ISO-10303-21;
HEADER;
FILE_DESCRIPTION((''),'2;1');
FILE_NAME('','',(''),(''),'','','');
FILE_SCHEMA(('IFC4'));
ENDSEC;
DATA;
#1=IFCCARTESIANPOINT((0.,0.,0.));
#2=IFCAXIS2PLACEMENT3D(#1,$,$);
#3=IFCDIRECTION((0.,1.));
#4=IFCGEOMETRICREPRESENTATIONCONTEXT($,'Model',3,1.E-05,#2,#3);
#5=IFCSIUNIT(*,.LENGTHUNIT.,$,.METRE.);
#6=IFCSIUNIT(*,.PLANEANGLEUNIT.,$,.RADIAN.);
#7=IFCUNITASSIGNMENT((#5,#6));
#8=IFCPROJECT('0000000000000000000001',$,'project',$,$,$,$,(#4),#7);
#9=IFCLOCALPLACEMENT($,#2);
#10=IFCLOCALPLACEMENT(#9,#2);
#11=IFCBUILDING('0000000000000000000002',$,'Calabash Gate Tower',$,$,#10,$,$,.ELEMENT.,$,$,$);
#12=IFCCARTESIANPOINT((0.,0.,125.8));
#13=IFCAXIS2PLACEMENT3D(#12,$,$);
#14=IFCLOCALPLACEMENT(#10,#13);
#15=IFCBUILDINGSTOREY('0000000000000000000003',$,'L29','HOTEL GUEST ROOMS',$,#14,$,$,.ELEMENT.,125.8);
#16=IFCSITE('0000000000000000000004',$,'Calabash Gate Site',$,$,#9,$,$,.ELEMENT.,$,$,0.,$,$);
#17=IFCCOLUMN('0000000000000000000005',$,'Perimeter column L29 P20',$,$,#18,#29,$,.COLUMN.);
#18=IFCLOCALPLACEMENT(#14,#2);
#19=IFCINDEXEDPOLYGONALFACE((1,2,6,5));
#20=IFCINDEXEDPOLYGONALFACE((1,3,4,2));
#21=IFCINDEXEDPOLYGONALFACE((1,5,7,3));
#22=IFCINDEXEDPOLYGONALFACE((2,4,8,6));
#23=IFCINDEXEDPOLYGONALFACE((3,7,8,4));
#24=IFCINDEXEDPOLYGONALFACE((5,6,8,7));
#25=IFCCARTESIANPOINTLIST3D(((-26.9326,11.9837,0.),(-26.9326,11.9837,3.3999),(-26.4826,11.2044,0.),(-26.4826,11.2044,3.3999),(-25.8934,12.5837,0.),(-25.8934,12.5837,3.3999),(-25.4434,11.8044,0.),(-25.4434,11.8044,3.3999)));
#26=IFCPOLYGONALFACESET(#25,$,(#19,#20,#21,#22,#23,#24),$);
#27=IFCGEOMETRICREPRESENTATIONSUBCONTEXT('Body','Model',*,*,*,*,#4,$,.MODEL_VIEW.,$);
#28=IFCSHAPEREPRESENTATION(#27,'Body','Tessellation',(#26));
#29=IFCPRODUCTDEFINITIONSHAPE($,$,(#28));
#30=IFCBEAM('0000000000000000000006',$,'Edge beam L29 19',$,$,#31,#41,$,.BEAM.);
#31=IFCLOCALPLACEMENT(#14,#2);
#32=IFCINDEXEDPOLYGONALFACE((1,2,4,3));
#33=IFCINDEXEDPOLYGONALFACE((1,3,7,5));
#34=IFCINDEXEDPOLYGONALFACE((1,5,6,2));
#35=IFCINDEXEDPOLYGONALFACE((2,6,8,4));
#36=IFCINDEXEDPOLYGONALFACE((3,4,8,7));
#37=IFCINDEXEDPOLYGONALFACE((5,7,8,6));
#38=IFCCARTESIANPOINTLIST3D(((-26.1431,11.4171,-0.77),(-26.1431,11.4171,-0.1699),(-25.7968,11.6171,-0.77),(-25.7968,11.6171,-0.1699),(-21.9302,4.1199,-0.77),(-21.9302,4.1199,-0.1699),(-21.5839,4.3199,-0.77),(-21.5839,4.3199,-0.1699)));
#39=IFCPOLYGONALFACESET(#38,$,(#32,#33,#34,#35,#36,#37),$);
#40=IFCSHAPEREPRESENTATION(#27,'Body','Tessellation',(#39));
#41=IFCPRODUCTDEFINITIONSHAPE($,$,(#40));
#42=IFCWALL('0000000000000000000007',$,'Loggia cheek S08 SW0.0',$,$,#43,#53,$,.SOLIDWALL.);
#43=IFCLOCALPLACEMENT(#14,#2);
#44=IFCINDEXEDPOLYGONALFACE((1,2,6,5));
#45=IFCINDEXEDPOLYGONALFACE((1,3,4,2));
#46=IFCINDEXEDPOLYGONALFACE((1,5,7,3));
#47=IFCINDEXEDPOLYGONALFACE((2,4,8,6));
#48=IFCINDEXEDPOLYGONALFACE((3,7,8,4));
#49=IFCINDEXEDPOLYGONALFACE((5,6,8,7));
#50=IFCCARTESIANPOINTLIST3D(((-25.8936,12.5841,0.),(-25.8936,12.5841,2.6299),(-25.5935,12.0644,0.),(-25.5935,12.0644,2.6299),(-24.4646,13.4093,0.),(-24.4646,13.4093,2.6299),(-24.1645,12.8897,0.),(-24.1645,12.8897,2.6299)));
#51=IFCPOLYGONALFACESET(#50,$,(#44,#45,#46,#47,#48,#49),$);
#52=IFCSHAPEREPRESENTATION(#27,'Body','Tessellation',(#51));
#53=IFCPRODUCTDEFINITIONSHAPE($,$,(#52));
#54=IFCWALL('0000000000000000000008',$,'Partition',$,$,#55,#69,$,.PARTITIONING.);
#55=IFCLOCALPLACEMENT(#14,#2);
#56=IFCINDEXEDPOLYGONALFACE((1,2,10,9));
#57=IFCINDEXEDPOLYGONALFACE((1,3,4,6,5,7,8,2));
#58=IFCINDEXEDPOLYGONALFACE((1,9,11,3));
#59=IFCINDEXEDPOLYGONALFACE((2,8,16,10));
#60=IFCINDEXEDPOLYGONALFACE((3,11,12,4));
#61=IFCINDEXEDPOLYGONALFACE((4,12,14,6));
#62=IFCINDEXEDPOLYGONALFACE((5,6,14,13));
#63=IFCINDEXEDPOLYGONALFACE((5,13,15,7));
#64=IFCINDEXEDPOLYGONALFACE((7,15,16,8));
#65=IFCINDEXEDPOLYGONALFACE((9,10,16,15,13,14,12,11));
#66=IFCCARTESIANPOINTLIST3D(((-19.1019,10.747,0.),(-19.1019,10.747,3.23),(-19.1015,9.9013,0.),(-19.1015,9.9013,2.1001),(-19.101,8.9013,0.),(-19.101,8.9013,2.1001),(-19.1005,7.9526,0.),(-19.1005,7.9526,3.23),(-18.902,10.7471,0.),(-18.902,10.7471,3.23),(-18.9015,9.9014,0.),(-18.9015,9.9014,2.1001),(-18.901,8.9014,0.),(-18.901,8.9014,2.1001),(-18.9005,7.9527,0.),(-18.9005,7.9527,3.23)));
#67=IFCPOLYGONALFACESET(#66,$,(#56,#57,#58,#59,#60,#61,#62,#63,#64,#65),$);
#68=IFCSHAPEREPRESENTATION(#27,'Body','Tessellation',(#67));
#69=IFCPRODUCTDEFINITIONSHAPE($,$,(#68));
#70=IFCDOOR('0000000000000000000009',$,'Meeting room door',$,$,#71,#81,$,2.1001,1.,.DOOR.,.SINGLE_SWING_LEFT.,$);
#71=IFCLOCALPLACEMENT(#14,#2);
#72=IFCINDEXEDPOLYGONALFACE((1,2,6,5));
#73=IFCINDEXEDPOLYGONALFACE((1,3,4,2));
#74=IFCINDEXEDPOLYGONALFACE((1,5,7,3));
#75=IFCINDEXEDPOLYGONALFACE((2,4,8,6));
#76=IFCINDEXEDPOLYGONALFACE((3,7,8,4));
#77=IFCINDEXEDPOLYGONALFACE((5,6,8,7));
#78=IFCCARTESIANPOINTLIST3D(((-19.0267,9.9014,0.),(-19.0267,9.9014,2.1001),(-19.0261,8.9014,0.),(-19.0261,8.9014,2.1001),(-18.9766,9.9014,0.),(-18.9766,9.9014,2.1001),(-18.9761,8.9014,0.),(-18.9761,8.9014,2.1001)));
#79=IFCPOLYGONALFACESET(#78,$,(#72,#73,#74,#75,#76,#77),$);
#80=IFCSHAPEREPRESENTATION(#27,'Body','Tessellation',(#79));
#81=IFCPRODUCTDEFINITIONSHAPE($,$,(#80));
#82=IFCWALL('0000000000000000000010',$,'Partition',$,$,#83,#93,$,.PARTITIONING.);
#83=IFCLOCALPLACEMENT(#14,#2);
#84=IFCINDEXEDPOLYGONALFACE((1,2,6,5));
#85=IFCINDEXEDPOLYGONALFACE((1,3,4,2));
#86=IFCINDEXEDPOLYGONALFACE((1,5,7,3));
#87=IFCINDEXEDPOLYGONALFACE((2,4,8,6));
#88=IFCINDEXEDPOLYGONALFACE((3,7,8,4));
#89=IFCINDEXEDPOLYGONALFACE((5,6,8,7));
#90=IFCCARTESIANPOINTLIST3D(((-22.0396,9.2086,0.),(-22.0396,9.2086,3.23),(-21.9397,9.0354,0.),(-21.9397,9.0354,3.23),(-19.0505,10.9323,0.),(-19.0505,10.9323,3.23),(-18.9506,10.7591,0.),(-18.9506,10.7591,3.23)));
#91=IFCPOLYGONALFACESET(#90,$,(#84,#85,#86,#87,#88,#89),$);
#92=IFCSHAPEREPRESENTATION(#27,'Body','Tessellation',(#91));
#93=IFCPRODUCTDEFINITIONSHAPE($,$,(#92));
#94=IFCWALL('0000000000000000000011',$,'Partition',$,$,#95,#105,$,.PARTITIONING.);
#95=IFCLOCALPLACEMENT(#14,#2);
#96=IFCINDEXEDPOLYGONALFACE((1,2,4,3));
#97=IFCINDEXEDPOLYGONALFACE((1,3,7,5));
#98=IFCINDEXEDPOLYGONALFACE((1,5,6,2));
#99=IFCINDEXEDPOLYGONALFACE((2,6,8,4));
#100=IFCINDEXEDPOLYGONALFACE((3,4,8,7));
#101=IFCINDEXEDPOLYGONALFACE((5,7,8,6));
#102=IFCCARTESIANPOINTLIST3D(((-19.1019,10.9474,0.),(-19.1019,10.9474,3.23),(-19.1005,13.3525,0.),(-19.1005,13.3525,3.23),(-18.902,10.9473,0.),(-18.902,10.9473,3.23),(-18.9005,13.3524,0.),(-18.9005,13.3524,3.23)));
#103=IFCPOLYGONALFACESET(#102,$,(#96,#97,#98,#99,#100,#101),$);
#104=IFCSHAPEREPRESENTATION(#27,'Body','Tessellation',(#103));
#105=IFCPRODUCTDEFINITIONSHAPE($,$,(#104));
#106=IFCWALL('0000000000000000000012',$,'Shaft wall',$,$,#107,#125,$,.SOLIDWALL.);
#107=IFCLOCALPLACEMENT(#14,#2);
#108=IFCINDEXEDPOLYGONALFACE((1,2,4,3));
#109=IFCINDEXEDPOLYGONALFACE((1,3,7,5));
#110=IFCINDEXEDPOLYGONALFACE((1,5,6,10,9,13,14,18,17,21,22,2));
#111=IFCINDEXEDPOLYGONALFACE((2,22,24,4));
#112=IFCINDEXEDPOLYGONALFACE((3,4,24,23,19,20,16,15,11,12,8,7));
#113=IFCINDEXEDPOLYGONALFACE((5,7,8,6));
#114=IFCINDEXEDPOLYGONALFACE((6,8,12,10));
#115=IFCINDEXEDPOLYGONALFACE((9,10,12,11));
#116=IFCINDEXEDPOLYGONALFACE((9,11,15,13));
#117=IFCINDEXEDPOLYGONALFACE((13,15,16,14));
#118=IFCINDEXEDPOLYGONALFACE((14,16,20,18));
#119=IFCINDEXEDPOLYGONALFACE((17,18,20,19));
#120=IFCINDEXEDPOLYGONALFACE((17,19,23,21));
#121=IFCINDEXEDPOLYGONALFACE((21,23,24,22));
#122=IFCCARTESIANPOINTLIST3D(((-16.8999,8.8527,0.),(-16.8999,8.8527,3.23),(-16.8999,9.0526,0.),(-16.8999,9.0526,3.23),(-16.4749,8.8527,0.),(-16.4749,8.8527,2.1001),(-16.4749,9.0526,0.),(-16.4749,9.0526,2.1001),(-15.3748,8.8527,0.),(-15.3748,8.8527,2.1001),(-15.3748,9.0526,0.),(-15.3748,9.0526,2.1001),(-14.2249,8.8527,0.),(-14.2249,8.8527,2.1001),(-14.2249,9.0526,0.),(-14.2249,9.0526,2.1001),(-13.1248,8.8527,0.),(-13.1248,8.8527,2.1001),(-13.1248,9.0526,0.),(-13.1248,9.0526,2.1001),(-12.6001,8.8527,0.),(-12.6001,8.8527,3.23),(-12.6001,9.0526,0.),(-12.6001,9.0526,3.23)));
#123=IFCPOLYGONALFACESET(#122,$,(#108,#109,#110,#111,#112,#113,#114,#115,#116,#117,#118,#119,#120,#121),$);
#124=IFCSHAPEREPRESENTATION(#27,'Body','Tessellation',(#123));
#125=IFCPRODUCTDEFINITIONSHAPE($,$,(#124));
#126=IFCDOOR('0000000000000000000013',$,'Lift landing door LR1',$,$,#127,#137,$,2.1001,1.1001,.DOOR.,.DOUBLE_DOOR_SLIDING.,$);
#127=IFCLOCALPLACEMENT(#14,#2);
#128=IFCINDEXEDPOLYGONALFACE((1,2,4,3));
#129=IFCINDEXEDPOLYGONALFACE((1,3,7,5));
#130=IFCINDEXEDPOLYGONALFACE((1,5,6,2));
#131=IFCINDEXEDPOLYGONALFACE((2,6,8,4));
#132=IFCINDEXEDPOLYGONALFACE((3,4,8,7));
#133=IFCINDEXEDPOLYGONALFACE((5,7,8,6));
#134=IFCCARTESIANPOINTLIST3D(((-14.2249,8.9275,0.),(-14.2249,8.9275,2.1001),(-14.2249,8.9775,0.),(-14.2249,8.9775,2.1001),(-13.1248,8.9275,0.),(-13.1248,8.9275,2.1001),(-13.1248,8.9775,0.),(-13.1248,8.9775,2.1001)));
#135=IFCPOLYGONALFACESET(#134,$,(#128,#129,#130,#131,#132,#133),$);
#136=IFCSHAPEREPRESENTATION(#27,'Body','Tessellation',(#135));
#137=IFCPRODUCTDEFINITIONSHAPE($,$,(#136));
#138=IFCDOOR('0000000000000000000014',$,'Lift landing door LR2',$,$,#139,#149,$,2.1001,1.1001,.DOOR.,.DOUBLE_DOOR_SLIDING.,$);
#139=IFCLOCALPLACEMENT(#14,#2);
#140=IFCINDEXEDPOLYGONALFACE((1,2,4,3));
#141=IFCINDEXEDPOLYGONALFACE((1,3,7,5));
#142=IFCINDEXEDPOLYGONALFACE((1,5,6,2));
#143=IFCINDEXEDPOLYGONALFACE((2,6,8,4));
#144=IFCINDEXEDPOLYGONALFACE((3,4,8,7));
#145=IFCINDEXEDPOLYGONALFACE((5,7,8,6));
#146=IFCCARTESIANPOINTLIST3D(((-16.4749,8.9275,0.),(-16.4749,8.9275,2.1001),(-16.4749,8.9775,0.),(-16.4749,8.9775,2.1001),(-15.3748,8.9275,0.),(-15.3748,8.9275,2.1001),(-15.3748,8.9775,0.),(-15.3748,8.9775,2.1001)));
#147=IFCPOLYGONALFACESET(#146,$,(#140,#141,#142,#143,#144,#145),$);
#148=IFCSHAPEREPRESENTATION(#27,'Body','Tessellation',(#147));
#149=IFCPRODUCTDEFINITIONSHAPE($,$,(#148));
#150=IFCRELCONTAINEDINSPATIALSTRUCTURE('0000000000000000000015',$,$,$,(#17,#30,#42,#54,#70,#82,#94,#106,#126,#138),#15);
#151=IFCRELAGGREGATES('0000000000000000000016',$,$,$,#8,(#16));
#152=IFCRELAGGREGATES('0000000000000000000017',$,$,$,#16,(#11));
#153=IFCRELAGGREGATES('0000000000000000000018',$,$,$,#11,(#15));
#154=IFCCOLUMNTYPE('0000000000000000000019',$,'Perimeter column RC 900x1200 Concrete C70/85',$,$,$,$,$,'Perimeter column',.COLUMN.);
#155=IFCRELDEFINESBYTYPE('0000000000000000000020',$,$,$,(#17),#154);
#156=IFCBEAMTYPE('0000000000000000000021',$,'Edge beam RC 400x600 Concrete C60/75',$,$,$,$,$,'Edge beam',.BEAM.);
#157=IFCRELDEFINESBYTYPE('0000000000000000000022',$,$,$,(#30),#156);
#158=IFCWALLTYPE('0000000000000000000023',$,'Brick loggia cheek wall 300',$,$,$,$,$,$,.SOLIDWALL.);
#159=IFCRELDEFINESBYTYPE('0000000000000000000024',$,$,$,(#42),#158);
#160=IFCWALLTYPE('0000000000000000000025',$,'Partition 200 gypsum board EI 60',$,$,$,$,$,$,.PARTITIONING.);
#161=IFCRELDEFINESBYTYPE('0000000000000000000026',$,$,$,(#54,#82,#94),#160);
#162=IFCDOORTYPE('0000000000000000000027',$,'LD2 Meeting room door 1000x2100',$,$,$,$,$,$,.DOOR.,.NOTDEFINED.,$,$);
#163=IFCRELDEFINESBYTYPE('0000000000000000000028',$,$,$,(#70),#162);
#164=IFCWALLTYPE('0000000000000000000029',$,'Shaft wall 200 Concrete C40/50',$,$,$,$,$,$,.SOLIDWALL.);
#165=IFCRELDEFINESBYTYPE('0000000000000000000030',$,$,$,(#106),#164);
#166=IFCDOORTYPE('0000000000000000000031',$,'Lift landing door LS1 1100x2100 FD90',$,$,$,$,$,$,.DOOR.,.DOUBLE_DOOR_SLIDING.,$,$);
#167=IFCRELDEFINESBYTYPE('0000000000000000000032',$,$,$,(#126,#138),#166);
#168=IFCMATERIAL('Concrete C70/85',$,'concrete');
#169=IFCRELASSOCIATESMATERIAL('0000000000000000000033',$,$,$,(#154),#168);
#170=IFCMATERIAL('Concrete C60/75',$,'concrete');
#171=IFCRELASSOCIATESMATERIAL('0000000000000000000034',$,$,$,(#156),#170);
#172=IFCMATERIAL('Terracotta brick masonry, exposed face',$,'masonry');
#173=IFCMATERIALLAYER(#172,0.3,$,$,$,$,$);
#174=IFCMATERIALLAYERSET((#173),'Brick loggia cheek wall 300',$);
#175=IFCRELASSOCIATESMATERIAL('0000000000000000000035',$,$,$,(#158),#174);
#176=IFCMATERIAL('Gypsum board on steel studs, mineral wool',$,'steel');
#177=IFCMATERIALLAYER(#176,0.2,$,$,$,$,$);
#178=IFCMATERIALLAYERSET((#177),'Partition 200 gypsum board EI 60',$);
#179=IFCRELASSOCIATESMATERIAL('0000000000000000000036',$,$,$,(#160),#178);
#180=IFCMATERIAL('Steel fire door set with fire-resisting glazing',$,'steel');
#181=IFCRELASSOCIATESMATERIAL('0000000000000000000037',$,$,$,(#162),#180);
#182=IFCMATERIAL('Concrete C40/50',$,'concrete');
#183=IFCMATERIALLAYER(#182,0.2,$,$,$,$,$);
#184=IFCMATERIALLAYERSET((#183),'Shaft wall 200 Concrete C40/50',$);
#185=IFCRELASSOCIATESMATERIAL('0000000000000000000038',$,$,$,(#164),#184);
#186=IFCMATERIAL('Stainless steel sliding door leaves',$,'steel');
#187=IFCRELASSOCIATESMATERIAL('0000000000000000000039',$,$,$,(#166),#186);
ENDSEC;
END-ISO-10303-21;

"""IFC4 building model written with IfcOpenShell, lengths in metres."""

from ifc_helpers import new_model, si_unit, direction, frame, frame_2d, origin, origin_2d, place, context, subcontext, project, spatial, rectangle, extrude, material, layer, layer_set, material_profile, profile_set, type_object, element, fill, save


model = new_model("IFC4")

# Units and contexts
model_context = context("Model", 3, precision=1e-05, world=origin(), true_north=direction((0.0, 1.0)))
body_context = subcontext(model_context, "Body", "Model", "MODEL_VIEW")
ifc_project = project(units=[si_unit("LENGTHUNIT", "METRE"), si_unit("PLANEANGLEUNIT", "RADIAN")], contexts=[model_context])

# Site, building, storey
site_placement = place(None, origin())
site = spatial("IfcSite", under=ifc_project, at=site_placement, Name="Calabash Gate Site", CompositionType="ELEMENT", RefElevation=0.0)
building_placement = place(site_placement, origin())
building = spatial("IfcBuilding", under=site, at=building_placement, Name="Calabash Gate Tower", CompositionType="ELEMENT")
storey_placement = place(building_placement, frame((0.0, 0.0, 125.8)))
storey = spatial("IfcBuildingStorey", under=building, at=storey_placement, Name="L29", Description="HOTEL GUEST ROOMS", CompositionType="ELEMENT", Elevation=125.8)

# Column
ifc_material_1 = material(Name="Concrete C70/85", Category="concrete")
ifc_material_profile_1 = material_profile(ifc_material_1, rectangle(XDim=0.8999, YDim=1.2, at=origin_2d()))
ifc_profile_set_1 = profile_set([ifc_material_profile_1], Name="Concrete C70/85")
column_type = type_object("IfcColumnType", Name="Perimeter column RC 900x1200 Concrete C70/85", ElementType="Perimeter column", PredefinedType="COLUMN", material=ifc_profile_set_1)
column_placement = place(storey_placement, frame((-26.188, 11.894, 0.0), z_axis=(0.0, 0.0, 1.0), x_axis=(0.5, -0.866025, 0.0)))
element("IfcColumn", 1, at=column_placement, inside=storey, type_object=column_type, Name="Perimeter column L29 P20", PredefinedType="COLUMN", context=body_context, shape_type="SweptSolid", body=[
    extrude(rectangle(XDim=0.8999, YDim=1.2, at=origin_2d()), origin(), (0.0, 0.0, 1.0), 3.3999),
])

# Beam
ifc_material_2 = material(Name="Concrete C60/75", Category="concrete")
ifc_material_profile_2 = material_profile(ifc_material_2, rectangle(XDim=0.3999, YDim=0.6001, at=origin_2d()))
ifc_profile_set_2 = profile_set([ifc_material_profile_2], Name="Concrete C60/75")
beam_type = type_object("IfcBeamType", Name="Edge beam RC 400x600 Concrete C60/75", ElementType="Edge beam", PredefinedType="BEAM", material=ifc_profile_set_2)
beam_placement = place(storey_placement, frame((-25.97, 11.5171, -0.47), z_axis=(0.499991, -0.866031, 0.0), x_axis=(0.866031, 0.499991, 0.0)))
element("IfcBeam", 2, at=beam_placement, inside=storey, type_object=beam_type, Name="Edge beam L29 19", PredefinedType="BEAM", context=body_context, shape_type="SweptSolid", body=[
    extrude(rectangle(XDim=0.3999, YDim=0.6001, at=origin_2d()), origin(), (0.0, 0.0, 1.0), 8.426),
])

# Wall
ifc_material_3 = material(Name="Terracotta brick masonry, exposed face", Category="masonry")
ifc_layer_1 = layer(ifc_material_3, 0.3)
ifc_layer_set_1 = layer_set([ifc_layer_1], Name="Brick loggia cheek wall 300")
wall_type_1 = type_object("IfcWallType", Name="Brick loggia cheek wall 300", PredefinedType="SOLIDWALL", material=ifc_layer_set_1)
wall_1_placement = place(storey_placement, frame((-25.7437, 12.3242, 0.0), z_axis=(0.0, 0.0, 1.0), x_axis=(0.865976, 0.500085, 0.0)))
element("IfcWall", 3, at=wall_1_placement, inside=storey, type_object=wall_type_1, Name="Loggia cheek S08 SW0.0", PredefinedType="SOLIDWALL", context=body_context, shape_type="SweptSolid", body=[
    extrude(rectangle(XDim=1.6501, YDim=0.6001, at=frame_2d((0.8252, 0.0))), origin(), (0.0, 0.0, 1.0), 2.6299),
])

# Wall, opening, door
ifc_material_4 = material(Name="Gypsum board on steel studs, mineral wool", Category="steel")
ifc_layer_2 = layer(ifc_material_4, 0.2)
ifc_layer_set_2 = layer_set([ifc_layer_2], Name="Partition 200 gypsum board EI 60")
wall_type_2 = type_object("IfcWallType", Name="Partition 200 gypsum board EI 60", PredefinedType="PARTITIONING", material=ifc_layer_set_2)
wall_2_placement = place(storey_placement, frame((-19.002, 10.7471, 0.0), z_axis=(0.0, 0.0, 1.0), x_axis=(0.000524, -1.0, 0.0)))
wall_2 = element("IfcWall", 4, at=wall_2_placement, inside=storey, type_object=wall_type_2, Name="Partition", PredefinedType="PARTITIONING", context=body_context, shape_type="SweptSolid", body=[
    extrude(rectangle(XDim=2.7944, YDim=0.2, at=frame_2d((1.3972, 0.0))), origin(), (0.0, 0.0, 1.0), 3.23),
])
opening_1_placement = place(wall_2_placement, frame((0.8457, 0.0, 0.0)))
opening_1 = element("IfcOpeningElement", 5, at=opening_1_placement, cuts=wall_2, PredefinedType="OPENING", context=body_context, shape_type="SweptSolid", body=[
    extrude(rectangle(XDim=1.0, YDim=2.1001, at=frame_2d((0.5, 1.05))), frame((0.0, 0.1099, 0.0), z_axis=(0.0, -1.0, 0.0), x_axis=(1.0, 0.0, 0.0)), (0.0, 0.0, 1.0), 0.22),
])
ifc_material_5 = material(Name="Steel fire door set with fire-resisting glazing", Category="steel")
door_type_1 = type_object("IfcDoorType", Name="LD2 Meeting room door 1000x2100", OperationType="NOTDEFINED", PredefinedType="DOOR", material=ifc_material_5)
door_1_placement = place(opening_1_placement, origin())
door_1 = element("IfcDoor", 6, at=door_1_placement, inside=storey, type_object=door_type_1, Name="Meeting room door", OperationType="SINGLE_SWING_LEFT", OverallHeight=2.1001, OverallWidth=1.0, PredefinedType="DOOR", context=body_context, shape_type="SweptSolid", body=[
    extrude(rectangle(XDim=1.0, YDim=2.1001, at=frame_2d((0.5, 1.05))), frame((0.0, 0.0249, 0.0), z_axis=(0.0, -1.0, 0.0), x_axis=(1.0, 0.0, 0.0)), (0.0, 0.0, 1.0), 0.05),
])
fill(opening_1, door_1)

# Walls
wall_3_placement = place(storey_placement, frame((-21.9895, 9.1221, 0.0), z_axis=(0.0, 0.0, 1.0), x_axis=(0.866286, 0.499549, 0.0)))
element("IfcWall", 7, at=wall_3_placement, inside=storey, type_object=wall_type_2, Name="Partition", PredefinedType="PARTITIONING", context=body_context, shape_type="SweptSolid", body=[
    extrude(rectangle(XDim=3.4504, YDim=0.2, at=frame_2d((1.7251, 0.0))), origin(), (0.0, 0.0, 1.0), 3.23),
])
wall_4_placement = place(storey_placement, frame((-19.002, 10.9473, 0.0), z_axis=(0.0, 0.0, 1.0), x_axis=(0.000609, 1.0, 0.0)))
element("IfcWall", 8, at=wall_4_placement, inside=storey, type_object=wall_type_2, Name="Partition", PredefinedType="PARTITIONING", context=body_context, shape_type="SweptSolid", body=[
    extrude(rectangle(XDim=2.405, YDim=0.2, at=frame_2d((1.2026, 0.0))), origin(), (0.0, 0.0, 1.0), 3.23),
])

# Wall, openings, doors
ifc_material_6 = material(Name="Concrete C40/50", Category="concrete")
ifc_layer_3 = layer(ifc_material_6, 0.2)
ifc_layer_set_3 = layer_set([ifc_layer_3], Name="Shaft wall 200 Concrete C40/50")
wall_type_3 = type_object("IfcWallType", Name="Shaft wall 200 Concrete C40/50", PredefinedType="SOLIDWALL", material=ifc_layer_set_3)
wall_5_placement = place(storey_placement, frame((-16.8999, 8.9526, 0.0), z_axis=(0.0, 0.0, 1.0), x_axis=(1.0, 0.0, 0.0)))
wall_5 = element("IfcWall", 9, at=wall_5_placement, inside=storey, type_object=wall_type_3, Name="Shaft wall", PredefinedType="SOLIDWALL", context=body_context, shape_type="SweptSolid", body=[
    extrude(rectangle(XDim=4.2998, YDim=0.2, at=frame_2d((2.1499, 0.0))), origin(), (0.0, 0.0, 1.0), 3.23),
])
opening_2_placement = place(wall_5_placement, frame((2.675, 0.0, 0.0)))
opening_2 = element("IfcOpeningElement", 10, at=opening_2_placement, cuts=wall_5, PredefinedType="OPENING", context=body_context, shape_type="SweptSolid", body=[
    extrude(rectangle(XDim=1.1001, YDim=2.1001, at=frame_2d((0.55, 1.05))), frame((0.0, 0.1099, 0.0), z_axis=(0.0, -1.0, 0.0), x_axis=(1.0, 0.0, 0.0)), (0.0, 0.0, 1.0), 0.22),
])
opening_3_placement = place(wall_5_placement, frame((0.425, 0.0, 0.0)))
opening_3 = element("IfcOpeningElement", 11, at=opening_3_placement, cuts=wall_5, PredefinedType="OPENING", context=body_context, shape_type="SweptSolid", body=[
    extrude(rectangle(XDim=1.1001, YDim=2.1001, at=frame_2d((0.55, 1.05))), frame((0.0, 0.1099, 0.0), z_axis=(0.0, -1.0, 0.0), x_axis=(1.0, 0.0, 0.0)), (0.0, 0.0, 1.0), 0.22),
])
ifc_material_7 = material(Name="Stainless steel sliding door leaves", Category="steel")
door_type_2 = type_object("IfcDoorType", Name="Lift landing door LS1 1100x2100 FD90", OperationType="DOUBLE_DOOR_SLIDING", PredefinedType="DOOR", material=ifc_material_7)
door_2_placement = place(opening_2_placement, origin())
door_2 = element("IfcDoor", 12, at=door_2_placement, inside=storey, type_object=door_type_2, Name="Lift landing door LR1", OperationType="DOUBLE_DOOR_SLIDING", OverallHeight=2.1001, OverallWidth=1.1001, PredefinedType="DOOR", context=body_context, shape_type="SweptSolid", body=[
    extrude(rectangle(XDim=1.1001, YDim=2.1001, at=frame_2d((0.55, 1.05))), frame((0.0, 0.0249, 0.0), z_axis=(0.0, -1.0, 0.0), x_axis=(1.0, 0.0, 0.0)), (0.0, 0.0, 1.0), 0.05),
])
fill(opening_2, door_2)
door_3_placement = place(opening_3_placement, origin())
door_3 = element("IfcDoor", 13, at=door_3_placement, inside=storey, type_object=door_type_2, Name="Lift landing door LR2", OperationType="DOUBLE_DOOR_SLIDING", OverallHeight=2.1001, OverallWidth=1.1001, PredefinedType="DOOR", context=body_context, shape_type="SweptSolid", body=[
    extrude(rectangle(XDim=1.1001, YDim=2.1001, at=frame_2d((0.55, 1.05))), frame((0.0, 0.0249, 0.0), z_axis=(0.0, -1.0, 0.0), x_axis=(1.0, 0.0, 0.0)), (0.0, 0.0, 1.0), 0.05),
])
fill(opening_3, door_3)

save(model, "model.ifc")
